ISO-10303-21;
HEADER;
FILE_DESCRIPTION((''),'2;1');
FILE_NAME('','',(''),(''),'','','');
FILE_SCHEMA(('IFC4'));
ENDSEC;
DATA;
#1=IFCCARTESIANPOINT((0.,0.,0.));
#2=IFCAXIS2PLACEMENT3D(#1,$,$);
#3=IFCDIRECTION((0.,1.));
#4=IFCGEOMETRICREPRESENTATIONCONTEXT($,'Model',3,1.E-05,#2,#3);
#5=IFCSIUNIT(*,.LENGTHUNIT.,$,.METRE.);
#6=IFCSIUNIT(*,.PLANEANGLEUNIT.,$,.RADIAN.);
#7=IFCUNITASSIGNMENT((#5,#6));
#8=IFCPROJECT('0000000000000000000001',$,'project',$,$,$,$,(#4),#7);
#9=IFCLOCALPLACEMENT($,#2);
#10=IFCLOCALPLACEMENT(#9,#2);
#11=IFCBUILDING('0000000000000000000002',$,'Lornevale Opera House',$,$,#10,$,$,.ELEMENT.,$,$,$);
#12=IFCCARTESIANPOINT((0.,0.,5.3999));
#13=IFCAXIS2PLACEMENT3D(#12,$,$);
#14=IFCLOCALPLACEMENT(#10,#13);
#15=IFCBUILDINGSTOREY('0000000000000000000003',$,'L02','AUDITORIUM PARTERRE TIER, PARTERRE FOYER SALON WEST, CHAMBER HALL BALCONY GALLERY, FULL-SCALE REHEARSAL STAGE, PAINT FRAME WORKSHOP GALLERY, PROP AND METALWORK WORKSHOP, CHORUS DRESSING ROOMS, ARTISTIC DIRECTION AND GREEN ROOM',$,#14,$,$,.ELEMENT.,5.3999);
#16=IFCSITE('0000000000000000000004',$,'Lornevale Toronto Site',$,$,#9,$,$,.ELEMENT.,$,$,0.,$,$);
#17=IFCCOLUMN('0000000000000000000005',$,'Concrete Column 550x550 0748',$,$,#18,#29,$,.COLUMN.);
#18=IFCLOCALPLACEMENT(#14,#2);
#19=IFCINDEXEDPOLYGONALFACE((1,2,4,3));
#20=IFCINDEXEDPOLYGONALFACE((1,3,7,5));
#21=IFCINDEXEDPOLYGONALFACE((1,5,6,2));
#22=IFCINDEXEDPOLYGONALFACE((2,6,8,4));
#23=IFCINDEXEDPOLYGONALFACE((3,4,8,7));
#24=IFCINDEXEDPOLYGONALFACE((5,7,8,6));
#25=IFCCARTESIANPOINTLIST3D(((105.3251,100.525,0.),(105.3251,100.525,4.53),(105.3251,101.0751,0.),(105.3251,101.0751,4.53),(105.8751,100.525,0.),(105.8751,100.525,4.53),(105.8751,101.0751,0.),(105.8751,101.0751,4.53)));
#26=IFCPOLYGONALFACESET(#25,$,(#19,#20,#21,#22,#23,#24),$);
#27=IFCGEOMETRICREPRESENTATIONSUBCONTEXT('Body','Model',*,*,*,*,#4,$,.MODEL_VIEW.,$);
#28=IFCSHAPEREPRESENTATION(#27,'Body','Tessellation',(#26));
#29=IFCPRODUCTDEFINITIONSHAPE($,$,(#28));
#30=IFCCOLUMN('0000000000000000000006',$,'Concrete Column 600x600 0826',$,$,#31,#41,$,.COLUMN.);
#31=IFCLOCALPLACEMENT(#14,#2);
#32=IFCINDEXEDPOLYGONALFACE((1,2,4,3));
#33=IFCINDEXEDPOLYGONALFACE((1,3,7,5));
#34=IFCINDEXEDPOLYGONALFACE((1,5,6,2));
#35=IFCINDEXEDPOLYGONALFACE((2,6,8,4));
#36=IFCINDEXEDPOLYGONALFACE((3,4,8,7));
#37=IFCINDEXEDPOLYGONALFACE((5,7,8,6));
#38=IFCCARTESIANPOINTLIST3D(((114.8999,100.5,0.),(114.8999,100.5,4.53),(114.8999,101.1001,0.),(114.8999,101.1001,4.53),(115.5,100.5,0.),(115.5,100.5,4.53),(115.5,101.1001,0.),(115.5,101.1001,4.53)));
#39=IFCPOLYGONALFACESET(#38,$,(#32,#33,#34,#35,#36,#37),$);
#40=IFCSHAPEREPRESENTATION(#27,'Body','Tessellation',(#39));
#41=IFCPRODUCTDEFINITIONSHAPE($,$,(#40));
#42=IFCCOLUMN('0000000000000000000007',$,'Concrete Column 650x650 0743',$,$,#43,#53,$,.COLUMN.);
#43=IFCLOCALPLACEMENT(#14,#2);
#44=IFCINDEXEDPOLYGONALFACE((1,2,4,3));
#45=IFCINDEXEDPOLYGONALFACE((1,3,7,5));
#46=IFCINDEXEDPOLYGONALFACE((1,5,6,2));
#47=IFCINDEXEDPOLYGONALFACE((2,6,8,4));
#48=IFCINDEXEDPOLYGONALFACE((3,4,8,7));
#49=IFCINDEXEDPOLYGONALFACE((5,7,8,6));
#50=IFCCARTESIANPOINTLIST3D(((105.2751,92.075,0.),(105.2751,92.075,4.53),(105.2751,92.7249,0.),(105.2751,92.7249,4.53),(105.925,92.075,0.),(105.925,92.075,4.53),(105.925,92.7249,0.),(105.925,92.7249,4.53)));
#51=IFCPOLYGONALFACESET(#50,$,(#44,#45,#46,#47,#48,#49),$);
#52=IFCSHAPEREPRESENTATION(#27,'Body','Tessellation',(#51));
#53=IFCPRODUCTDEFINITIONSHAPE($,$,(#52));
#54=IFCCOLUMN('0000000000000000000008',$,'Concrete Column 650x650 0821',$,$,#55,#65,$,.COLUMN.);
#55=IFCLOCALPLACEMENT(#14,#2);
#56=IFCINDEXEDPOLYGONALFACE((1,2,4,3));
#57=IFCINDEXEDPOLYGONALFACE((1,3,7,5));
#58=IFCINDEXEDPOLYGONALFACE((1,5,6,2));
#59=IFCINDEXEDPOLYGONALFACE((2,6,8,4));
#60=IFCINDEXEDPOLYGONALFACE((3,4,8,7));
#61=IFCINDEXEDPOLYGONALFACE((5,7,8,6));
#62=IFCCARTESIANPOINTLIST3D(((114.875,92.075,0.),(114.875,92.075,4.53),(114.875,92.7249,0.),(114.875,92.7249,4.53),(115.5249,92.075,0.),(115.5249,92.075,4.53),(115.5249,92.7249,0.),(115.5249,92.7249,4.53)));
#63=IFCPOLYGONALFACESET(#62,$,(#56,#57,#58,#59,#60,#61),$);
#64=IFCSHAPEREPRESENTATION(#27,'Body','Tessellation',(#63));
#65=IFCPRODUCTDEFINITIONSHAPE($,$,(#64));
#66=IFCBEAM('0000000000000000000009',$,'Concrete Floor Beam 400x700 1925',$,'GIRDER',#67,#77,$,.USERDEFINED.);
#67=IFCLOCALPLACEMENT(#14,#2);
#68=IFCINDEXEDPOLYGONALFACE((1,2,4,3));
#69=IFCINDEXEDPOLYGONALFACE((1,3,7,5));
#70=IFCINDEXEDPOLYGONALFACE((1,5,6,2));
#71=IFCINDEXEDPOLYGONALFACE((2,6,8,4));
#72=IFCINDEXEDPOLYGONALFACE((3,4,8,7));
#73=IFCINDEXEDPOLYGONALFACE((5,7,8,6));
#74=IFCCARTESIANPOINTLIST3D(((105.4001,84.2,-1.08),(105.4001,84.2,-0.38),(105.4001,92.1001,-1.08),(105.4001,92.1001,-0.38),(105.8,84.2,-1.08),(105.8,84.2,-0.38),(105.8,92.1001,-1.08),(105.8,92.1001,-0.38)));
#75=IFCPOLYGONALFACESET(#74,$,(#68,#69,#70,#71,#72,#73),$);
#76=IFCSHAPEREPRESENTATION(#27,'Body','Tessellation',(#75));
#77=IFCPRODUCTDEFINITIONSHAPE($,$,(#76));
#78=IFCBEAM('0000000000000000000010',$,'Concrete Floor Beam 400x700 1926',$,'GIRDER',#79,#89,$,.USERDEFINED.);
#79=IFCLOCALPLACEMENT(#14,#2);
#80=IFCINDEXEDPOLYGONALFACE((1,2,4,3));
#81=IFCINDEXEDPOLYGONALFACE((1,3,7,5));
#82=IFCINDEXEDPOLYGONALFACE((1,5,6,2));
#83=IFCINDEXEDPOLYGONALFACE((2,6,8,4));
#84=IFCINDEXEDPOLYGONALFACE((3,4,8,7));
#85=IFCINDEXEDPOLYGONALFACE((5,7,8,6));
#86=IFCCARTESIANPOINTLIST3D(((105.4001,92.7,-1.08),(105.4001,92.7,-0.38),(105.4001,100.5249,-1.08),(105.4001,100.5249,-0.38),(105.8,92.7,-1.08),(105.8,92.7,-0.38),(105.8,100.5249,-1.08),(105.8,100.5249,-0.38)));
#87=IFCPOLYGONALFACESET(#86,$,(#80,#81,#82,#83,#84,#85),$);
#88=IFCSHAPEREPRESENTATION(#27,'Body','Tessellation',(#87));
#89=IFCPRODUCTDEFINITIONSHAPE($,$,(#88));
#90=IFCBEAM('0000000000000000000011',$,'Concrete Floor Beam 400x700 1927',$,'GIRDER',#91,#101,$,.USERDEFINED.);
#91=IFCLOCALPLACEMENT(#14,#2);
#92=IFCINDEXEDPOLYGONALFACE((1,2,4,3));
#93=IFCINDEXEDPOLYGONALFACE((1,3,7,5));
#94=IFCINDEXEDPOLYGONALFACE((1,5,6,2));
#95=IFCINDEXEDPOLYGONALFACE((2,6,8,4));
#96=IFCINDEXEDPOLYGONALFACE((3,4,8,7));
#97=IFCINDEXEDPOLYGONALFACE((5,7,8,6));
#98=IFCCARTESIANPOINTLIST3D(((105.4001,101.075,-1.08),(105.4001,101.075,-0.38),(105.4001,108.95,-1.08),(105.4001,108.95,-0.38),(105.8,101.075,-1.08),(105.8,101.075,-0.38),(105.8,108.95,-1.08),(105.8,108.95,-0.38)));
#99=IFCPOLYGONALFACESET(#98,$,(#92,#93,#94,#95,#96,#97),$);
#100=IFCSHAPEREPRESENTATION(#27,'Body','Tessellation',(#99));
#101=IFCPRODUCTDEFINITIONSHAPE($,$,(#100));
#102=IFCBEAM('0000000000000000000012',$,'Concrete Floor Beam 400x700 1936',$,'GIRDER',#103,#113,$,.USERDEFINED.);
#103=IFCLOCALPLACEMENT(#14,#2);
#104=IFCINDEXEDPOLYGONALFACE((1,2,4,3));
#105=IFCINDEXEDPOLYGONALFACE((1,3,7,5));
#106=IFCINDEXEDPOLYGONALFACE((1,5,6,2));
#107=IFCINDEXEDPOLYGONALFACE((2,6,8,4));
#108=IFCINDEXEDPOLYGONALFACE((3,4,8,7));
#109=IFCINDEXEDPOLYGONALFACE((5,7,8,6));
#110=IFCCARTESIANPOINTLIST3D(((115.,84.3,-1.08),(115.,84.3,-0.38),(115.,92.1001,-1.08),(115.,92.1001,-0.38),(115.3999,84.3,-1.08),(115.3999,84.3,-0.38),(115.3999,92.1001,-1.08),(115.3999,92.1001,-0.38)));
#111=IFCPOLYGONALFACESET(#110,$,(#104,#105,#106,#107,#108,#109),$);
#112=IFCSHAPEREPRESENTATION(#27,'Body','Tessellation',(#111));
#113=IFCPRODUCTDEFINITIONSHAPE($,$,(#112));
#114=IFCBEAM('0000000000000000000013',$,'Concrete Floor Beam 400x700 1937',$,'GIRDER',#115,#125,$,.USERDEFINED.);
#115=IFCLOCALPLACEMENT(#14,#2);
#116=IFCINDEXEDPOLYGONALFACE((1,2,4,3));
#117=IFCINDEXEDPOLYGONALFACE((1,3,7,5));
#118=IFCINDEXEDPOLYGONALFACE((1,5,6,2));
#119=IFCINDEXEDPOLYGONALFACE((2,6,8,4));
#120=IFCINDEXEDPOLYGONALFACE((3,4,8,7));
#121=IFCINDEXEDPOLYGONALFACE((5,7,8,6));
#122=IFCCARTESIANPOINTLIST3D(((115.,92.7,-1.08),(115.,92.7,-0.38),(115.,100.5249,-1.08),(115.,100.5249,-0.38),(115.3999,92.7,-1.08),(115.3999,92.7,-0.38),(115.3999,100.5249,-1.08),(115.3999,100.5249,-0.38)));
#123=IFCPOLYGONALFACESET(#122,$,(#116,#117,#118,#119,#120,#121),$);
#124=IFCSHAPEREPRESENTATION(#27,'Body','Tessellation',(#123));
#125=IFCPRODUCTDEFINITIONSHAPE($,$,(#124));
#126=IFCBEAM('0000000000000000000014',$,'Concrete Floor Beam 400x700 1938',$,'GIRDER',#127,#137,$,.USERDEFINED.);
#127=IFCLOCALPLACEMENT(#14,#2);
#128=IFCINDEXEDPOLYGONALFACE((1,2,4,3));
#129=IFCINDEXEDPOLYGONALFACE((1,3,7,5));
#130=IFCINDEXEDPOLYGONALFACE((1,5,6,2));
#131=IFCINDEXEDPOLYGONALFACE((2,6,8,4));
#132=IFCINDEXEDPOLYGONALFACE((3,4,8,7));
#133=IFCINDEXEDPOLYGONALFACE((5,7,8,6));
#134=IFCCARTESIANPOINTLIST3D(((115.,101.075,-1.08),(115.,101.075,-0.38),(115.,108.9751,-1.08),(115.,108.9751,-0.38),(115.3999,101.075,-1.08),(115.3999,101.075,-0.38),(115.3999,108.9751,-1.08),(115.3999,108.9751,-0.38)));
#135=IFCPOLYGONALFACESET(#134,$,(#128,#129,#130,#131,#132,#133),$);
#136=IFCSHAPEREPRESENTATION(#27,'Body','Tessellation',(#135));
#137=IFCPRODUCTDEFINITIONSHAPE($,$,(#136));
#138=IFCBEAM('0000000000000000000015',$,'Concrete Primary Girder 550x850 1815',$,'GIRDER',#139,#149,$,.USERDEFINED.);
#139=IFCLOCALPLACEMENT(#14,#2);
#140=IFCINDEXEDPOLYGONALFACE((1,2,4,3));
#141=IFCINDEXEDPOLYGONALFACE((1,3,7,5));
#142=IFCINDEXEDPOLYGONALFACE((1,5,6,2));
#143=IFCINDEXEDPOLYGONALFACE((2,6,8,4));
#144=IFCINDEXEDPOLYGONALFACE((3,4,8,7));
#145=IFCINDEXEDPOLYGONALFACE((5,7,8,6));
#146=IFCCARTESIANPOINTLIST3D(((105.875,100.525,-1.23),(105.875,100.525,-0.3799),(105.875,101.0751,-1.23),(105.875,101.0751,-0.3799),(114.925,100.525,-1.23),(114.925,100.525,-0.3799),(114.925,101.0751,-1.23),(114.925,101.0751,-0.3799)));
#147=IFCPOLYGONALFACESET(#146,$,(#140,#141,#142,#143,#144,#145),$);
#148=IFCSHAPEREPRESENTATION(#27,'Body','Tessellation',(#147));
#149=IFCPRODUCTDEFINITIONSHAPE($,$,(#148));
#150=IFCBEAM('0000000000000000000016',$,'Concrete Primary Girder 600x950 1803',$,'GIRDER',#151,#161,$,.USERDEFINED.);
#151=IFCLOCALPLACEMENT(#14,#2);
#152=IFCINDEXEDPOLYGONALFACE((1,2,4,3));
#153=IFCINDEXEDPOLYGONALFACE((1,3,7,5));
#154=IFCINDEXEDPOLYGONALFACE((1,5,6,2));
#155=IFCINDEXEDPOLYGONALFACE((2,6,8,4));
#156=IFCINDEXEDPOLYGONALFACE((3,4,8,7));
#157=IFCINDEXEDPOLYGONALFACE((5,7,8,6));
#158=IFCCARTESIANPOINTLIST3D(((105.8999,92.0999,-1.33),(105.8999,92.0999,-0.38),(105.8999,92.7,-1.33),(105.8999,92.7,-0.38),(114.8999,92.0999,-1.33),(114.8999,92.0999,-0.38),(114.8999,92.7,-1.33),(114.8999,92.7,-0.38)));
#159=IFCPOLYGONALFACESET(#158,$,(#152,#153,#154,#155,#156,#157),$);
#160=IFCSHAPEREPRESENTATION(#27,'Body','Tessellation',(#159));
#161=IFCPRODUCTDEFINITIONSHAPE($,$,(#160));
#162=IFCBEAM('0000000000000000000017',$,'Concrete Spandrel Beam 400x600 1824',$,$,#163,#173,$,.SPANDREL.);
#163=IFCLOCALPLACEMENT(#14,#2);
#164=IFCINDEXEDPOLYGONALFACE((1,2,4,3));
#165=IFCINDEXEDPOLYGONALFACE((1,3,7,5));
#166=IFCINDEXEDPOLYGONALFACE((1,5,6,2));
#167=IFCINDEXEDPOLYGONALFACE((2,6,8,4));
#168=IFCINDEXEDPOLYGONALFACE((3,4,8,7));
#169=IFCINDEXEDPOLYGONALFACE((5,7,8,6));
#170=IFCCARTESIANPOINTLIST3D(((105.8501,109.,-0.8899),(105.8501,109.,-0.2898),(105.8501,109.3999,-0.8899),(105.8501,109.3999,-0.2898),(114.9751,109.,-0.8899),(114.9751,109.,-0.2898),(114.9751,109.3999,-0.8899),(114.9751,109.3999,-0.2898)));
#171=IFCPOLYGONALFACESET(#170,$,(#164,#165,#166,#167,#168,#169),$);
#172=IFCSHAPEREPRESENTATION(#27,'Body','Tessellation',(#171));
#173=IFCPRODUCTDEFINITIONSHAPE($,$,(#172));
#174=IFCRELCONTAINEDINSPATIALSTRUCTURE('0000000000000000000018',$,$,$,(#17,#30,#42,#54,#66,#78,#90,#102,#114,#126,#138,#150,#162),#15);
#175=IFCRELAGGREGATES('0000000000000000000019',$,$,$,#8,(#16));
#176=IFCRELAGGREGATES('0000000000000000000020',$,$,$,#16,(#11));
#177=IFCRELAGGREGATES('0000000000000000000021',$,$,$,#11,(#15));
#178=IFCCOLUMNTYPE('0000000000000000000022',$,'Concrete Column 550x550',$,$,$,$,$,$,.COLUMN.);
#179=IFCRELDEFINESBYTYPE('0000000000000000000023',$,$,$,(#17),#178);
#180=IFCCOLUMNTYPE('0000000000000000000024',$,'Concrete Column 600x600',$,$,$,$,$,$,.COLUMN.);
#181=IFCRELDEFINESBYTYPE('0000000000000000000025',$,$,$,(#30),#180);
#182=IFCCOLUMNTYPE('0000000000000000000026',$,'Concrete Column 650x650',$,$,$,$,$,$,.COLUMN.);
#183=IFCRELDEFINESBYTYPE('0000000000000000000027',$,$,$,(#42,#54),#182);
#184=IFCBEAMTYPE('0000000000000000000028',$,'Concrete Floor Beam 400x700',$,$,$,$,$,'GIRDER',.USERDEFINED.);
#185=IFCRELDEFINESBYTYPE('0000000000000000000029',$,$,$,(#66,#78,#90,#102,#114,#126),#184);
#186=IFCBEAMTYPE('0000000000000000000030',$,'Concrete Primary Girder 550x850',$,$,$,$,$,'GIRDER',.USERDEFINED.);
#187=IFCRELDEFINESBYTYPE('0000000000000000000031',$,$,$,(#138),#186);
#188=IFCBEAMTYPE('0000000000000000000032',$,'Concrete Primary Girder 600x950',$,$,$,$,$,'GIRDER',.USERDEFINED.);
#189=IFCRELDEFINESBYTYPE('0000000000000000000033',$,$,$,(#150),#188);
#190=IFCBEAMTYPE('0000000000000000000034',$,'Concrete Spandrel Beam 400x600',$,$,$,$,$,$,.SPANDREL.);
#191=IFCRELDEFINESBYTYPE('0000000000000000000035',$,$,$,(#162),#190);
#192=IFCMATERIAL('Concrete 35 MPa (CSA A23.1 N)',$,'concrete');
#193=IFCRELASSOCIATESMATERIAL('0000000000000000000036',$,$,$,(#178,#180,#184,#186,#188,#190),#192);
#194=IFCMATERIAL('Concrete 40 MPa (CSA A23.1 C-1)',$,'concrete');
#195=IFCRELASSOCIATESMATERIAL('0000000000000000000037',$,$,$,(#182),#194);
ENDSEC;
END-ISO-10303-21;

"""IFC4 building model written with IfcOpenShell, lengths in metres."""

from ifc_helpers import new_model, si_unit, direction, frame, origin, origin_2d, place, context, subcontext, project, spatial, rectangle, extrude, material, material_profile, profile_set, type_object, element, save


model = new_model("IFC4")

# Units and contexts
model_context = context("Model", 3, precision=1e-05, world=origin(), true_north=direction((0.0, 1.0)))
body_context = subcontext(model_context, "Body", "Model", "MODEL_VIEW")
ifc_project = project(units=[si_unit("LENGTHUNIT", "METRE"), si_unit("PLANEANGLEUNIT", "RADIAN")], contexts=[model_context])

# Site, building, storey
site_placement = place(None, origin())
site = spatial("IfcSite", under=ifc_project, at=site_placement, Name="Lornevale Toronto Site", CompositionType="ELEMENT", RefElevation=0.0)
building_placement = place(site_placement, origin())
building = spatial("IfcBuilding", under=site, at=building_placement, Name="Lornevale Opera House", CompositionType="ELEMENT")
storey_placement = place(building_placement, frame((0.0, 0.0, 5.3999)))
storey = spatial("IfcBuildingStorey", under=building, at=storey_placement, Name="L02", Description="AUDITORIUM PARTERRE TIER, PARTERRE FOYER SALON WEST, CHAMBER HALL BALCONY GALLERY, FULL-SCALE REHEARSAL STAGE, PAINT FRAME WORKSHOP GALLERY, PROP AND METALWORK WORKSHOP, CHORUS DRESSING ROOMS, ARTISTIC DIRECTION AND GREEN ROOM", CompositionType="ELEMENT", Elevation=5.3999)

# Columns
ifc_material_1 = material(Name="Concrete 35 MPa (CSA A23.1 N)", Category="concrete")
ifc_material_profile_1 = material_profile(ifc_material_1, rectangle(XDim=0.55, YDim=0.55, at=origin_2d()), Name="RC550x550")
ifc_profile_set_1 = profile_set([ifc_material_profile_1], Name="Concrete 35 MPa (CSA A23.1 N)")
column_type_1 = type_object("IfcColumnType", Name="Concrete Column 550x550", PredefinedType="COLUMN", material=ifc_profile_set_1)
column_1_placement = place(storey_placement, frame((105.6001, 100.8, 0.0), z_axis=(0.0, 0.0, 1.0), x_axis=(1.0, 0.0, 0.0)))
element("IfcColumn", 1, at=column_1_placement, inside=storey, type_object=column_type_1, Name="Concrete Column 550x550 0748", PredefinedType="COLUMN", context=body_context, shape_type="SweptSolid", body=[
    extrude(rectangle(XDim=0.55, YDim=0.55, at=origin_2d()), origin(), (0.0, 0.0, 1.0), 4.53),
])
ifc_material_profile_2 = material_profile(ifc_material_1, rectangle(XDim=0.6001, YDim=0.6001, at=origin_2d()), Name="RC600x600")
ifc_profile_set_2 = profile_set([ifc_material_profile_2], Name="Concrete 35 MPa (CSA A23.1 N)")
column_type_2 = type_object("IfcColumnType", Name="Concrete Column 600x600", PredefinedType="COLUMN", material=ifc_profile_set_2)
column_2_placement = place(storey_placement, frame((115.2, 100.8, 0.0), z_axis=(0.0, 0.0, 1.0), x_axis=(1.0, 0.0, 0.0)))
element("IfcColumn", 2, at=column_2_placement, inside=storey, type_object=column_type_2, Name="Concrete Column 600x600 0826", PredefinedType="COLUMN", context=body_context, shape_type="SweptSolid", body=[
    extrude(rectangle(XDim=0.6001, YDim=0.6001, at=origin_2d()), origin(), (0.0, 0.0, 1.0), 4.53),
])
ifc_material_2 = material(Name="Concrete 40 MPa (CSA A23.1 C-1)", Category="concrete")
ifc_material_profile_3 = material_profile(ifc_material_2, rectangle(XDim=0.6499, YDim=0.6499, at=origin_2d()), Name="RC650x650")
ifc_profile_set_3 = profile_set([ifc_material_profile_3], Name="Concrete 40 MPa (CSA A23.1 C-1)")
column_type_3 = type_object("IfcColumnType", Name="Concrete Column 650x650", PredefinedType="COLUMN", material=ifc_profile_set_3)
for number, where, z_axis, x_axis, name in (
    (3, (105.6001, 92.3999, 0.0), (0.0, 0.0, 1.0), (1.0, 0.0, 0.0), "Concrete Column 650x650 0743"),
    (4, (115.2, 92.3999, 0.0), (0.0, 0.0, 1.0), (1.0, 0.0, 0.0), "Concrete Column 650x650 0821"),
):
    element("IfcColumn", number, at=place(storey_placement, frame(where, z_axis=z_axis, x_axis=x_axis)), inside=storey, type_object=column_type_3, Name=name, PredefinedType="COLUMN", context=body_context, shape_type="SweptSolid", body=[
        extrude(rectangle(XDim=0.6499, YDim=0.6499, at=origin_2d()), origin(), (0.0, 0.0, 1.0), 4.53),
    ])

# Beams
ifc_material_profile_4 = material_profile(ifc_material_1, rectangle(XDim=0.3999, YDim=0.7, at=origin_2d()), Name="RC400x700")
ifc_profile_set_4 = profile_set([ifc_material_profile_4], Name="Concrete 35 MPa (CSA A23.1 N)")
beam_type_1 = type_object("IfcBeamType", Name="Concrete Floor Beam 400x700", ElementType="GIRDER", PredefinedType="USERDEFINED", material=ifc_profile_set_4)
beam_1_placement = place(storey_placement, frame((105.6001, 84.2, -0.73), z_axis=(0.0, 1.0, 0.0), x_axis=(-1.0, 0.0, 0.0)))
element("IfcBeam", 5, at=beam_1_placement, inside=storey, type_object=beam_type_1, Name="Concrete Floor Beam 400x700 1925", ObjectType="GIRDER", PredefinedType="USERDEFINED", context=body_context, shape_type="SweptSolid", body=[
    extrude(rectangle(XDim=0.3999, YDim=0.7, at=origin_2d()), origin(), (0.0, 0.0, 1.0), 7.9001),
])
beam_2_placement = place(storey_placement, frame((105.6001, 92.7, -0.73), z_axis=(0.0, 1.0, 0.0), x_axis=(-1.0, 0.0, 0.0)))
element("IfcBeam", 6, at=beam_2_placement, inside=storey, type_object=beam_type_1, Name="Concrete Floor Beam 400x700 1926", ObjectType="GIRDER", PredefinedType="USERDEFINED", context=body_context, shape_type="SweptSolid", body=[
    extrude(rectangle(XDim=0.3999, YDim=0.7, at=origin_2d()), origin(), (0.0, 0.0, 1.0), 7.825),
])
beam_3_placement = place(storey_placement, frame((105.6001, 101.075, -0.73), z_axis=(0.0, 1.0, 0.0), x_axis=(-1.0, 0.0, 0.0)))
element("IfcBeam", 7, at=beam_3_placement, inside=storey, type_object=beam_type_1, Name="Concrete Floor Beam 400x700 1927", ObjectType="GIRDER", PredefinedType="USERDEFINED", context=body_context, shape_type="SweptSolid", body=[
    extrude(rectangle(XDim=0.3999, YDim=0.7, at=origin_2d()), origin(), (0.0, 0.0, 1.0), 7.875),
])
beam_4_placement = place(storey_placement, frame((115.2, 84.3, -0.73), z_axis=(0.0, 1.0, 0.0), x_axis=(-1.0, 0.0, 0.0)))
element("IfcBeam", 8, at=beam_4_placement, inside=storey, type_object=beam_type_1, Name="Concrete Floor Beam 400x700 1936", ObjectType="GIRDER", PredefinedType="USERDEFINED", context=body_context, shape_type="SweptSolid", body=[
    extrude(rectangle(XDim=0.3999, YDim=0.7, at=origin_2d()), origin(), (0.0, 0.0, 1.0), 7.8),
])
beam_5_placement = place(storey_placement, frame((115.2, 92.7, -0.73), z_axis=(0.0, 1.0, 0.0), x_axis=(-1.0, 0.0, 0.0)))
element("IfcBeam", 9, at=beam_5_placement, inside=storey, type_object=beam_type_1, Name="Concrete Floor Beam 400x700 1937", ObjectType="GIRDER", PredefinedType="USERDEFINED", context=body_context, shape_type="SweptSolid", body=[
    extrude(rectangle(XDim=0.3999, YDim=0.7, at=origin_2d()), origin(), (0.0, 0.0, 1.0), 7.825),
])
beam_6_placement = place(storey_placement, frame((115.2, 101.075, -0.73), z_axis=(0.0, 1.0, 0.0), x_axis=(-1.0, 0.0, 0.0)))
element("IfcBeam", 10, at=beam_6_placement, inside=storey, type_object=beam_type_1, Name="Concrete Floor Beam 400x700 1938", ObjectType="GIRDER", PredefinedType="USERDEFINED", context=body_context, shape_type="SweptSolid", body=[
    extrude(rectangle(XDim=0.3999, YDim=0.7, at=origin_2d()), origin(), (0.0, 0.0, 1.0), 7.9001),
])
ifc_material_profile_5 = material_profile(ifc_material_1, rectangle(XDim=0.55, YDim=0.8501, at=origin_2d()), Name="RC550x850")
ifc_profile_set_5 = profile_set([ifc_material_profile_5], Name="Concrete 35 MPa (CSA A23.1 N)")
beam_type_2 = type_object("IfcBeamType", Name="Concrete Primary Girder 550x850", ElementType="GIRDER", PredefinedType="USERDEFINED", material=ifc_profile_set_5)
beam_7_placement = place(storey_placement, frame((105.875, 100.8, -0.8049), z_axis=(1.0, 0.0, 0.0), x_axis=(0.0, 1.0, 0.0)))
element("IfcBeam", 11, at=beam_7_placement, inside=storey, type_object=beam_type_2, Name="Concrete Primary Girder 550x850 1815", ObjectType="GIRDER", PredefinedType="USERDEFINED", context=body_context, shape_type="SweptSolid", body=[
    extrude(rectangle(XDim=0.55, YDim=0.8501, at=origin_2d()), origin(), (0.0, 0.0, 1.0), 9.05),
])
ifc_material_profile_6 = material_profile(ifc_material_1, rectangle(XDim=0.6001, YDim=0.95, at=origin_2d()), Name="RC600x950")
ifc_profile_set_6 = profile_set([ifc_material_profile_6], Name="Concrete 35 MPa (CSA A23.1 N)")
beam_type_3 = type_object("IfcBeamType", Name="Concrete Primary Girder 600x950", ElementType="GIRDER", PredefinedType="USERDEFINED", material=ifc_profile_set_6)
beam_8_placement = place(storey_placement, frame((105.8999, 92.3999, -0.855), z_axis=(1.0, 0.0, 0.0), x_axis=(0.0, 1.0, 0.0)))
element("IfcBeam", 12, at=beam_8_placement, inside=storey, type_object=beam_type_3, Name="Concrete Primary Girder 600x950 1803", ObjectType="GIRDER", PredefinedType="USERDEFINED", context=body_context, shape_type="SweptSolid", body=[
    extrude(rectangle(XDim=0.6001, YDim=0.95, at=origin_2d()), origin(), (0.0, 0.0, 1.0), 9.0),
])
ifc_material_profile_7 = material_profile(ifc_material_1, rectangle(XDim=0.3999, YDim=0.6001, at=origin_2d()), Name="RC400x600")
ifc_profile_set_7 = profile_set([ifc_material_profile_7], Name="Concrete 35 MPa (CSA A23.1 N)")
beam_type_4 = type_object("IfcBeamType", Name="Concrete Spandrel Beam 400x600", PredefinedType="SPANDREL", material=ifc_profile_set_7)
beam_9_placement = place(storey_placement, frame((105.8501, 109.2, -0.5898), z_axis=(1.0, 0.0, 0.0), x_axis=(0.0, 1.0, 0.0)))
element("IfcBeam", 13, at=beam_9_placement, inside=storey, type_object=beam_type_4, Name="Concrete Spandrel Beam 400x600 1824", PredefinedType="SPANDREL", context=body_context, shape_type="SweptSolid", body=[
    extrude(rectangle(XDim=0.3999, YDim=0.6001, at=origin_2d()), origin(), (0.0, 0.0, 1.0), 9.125),
])

save(model, "model.ifc")
